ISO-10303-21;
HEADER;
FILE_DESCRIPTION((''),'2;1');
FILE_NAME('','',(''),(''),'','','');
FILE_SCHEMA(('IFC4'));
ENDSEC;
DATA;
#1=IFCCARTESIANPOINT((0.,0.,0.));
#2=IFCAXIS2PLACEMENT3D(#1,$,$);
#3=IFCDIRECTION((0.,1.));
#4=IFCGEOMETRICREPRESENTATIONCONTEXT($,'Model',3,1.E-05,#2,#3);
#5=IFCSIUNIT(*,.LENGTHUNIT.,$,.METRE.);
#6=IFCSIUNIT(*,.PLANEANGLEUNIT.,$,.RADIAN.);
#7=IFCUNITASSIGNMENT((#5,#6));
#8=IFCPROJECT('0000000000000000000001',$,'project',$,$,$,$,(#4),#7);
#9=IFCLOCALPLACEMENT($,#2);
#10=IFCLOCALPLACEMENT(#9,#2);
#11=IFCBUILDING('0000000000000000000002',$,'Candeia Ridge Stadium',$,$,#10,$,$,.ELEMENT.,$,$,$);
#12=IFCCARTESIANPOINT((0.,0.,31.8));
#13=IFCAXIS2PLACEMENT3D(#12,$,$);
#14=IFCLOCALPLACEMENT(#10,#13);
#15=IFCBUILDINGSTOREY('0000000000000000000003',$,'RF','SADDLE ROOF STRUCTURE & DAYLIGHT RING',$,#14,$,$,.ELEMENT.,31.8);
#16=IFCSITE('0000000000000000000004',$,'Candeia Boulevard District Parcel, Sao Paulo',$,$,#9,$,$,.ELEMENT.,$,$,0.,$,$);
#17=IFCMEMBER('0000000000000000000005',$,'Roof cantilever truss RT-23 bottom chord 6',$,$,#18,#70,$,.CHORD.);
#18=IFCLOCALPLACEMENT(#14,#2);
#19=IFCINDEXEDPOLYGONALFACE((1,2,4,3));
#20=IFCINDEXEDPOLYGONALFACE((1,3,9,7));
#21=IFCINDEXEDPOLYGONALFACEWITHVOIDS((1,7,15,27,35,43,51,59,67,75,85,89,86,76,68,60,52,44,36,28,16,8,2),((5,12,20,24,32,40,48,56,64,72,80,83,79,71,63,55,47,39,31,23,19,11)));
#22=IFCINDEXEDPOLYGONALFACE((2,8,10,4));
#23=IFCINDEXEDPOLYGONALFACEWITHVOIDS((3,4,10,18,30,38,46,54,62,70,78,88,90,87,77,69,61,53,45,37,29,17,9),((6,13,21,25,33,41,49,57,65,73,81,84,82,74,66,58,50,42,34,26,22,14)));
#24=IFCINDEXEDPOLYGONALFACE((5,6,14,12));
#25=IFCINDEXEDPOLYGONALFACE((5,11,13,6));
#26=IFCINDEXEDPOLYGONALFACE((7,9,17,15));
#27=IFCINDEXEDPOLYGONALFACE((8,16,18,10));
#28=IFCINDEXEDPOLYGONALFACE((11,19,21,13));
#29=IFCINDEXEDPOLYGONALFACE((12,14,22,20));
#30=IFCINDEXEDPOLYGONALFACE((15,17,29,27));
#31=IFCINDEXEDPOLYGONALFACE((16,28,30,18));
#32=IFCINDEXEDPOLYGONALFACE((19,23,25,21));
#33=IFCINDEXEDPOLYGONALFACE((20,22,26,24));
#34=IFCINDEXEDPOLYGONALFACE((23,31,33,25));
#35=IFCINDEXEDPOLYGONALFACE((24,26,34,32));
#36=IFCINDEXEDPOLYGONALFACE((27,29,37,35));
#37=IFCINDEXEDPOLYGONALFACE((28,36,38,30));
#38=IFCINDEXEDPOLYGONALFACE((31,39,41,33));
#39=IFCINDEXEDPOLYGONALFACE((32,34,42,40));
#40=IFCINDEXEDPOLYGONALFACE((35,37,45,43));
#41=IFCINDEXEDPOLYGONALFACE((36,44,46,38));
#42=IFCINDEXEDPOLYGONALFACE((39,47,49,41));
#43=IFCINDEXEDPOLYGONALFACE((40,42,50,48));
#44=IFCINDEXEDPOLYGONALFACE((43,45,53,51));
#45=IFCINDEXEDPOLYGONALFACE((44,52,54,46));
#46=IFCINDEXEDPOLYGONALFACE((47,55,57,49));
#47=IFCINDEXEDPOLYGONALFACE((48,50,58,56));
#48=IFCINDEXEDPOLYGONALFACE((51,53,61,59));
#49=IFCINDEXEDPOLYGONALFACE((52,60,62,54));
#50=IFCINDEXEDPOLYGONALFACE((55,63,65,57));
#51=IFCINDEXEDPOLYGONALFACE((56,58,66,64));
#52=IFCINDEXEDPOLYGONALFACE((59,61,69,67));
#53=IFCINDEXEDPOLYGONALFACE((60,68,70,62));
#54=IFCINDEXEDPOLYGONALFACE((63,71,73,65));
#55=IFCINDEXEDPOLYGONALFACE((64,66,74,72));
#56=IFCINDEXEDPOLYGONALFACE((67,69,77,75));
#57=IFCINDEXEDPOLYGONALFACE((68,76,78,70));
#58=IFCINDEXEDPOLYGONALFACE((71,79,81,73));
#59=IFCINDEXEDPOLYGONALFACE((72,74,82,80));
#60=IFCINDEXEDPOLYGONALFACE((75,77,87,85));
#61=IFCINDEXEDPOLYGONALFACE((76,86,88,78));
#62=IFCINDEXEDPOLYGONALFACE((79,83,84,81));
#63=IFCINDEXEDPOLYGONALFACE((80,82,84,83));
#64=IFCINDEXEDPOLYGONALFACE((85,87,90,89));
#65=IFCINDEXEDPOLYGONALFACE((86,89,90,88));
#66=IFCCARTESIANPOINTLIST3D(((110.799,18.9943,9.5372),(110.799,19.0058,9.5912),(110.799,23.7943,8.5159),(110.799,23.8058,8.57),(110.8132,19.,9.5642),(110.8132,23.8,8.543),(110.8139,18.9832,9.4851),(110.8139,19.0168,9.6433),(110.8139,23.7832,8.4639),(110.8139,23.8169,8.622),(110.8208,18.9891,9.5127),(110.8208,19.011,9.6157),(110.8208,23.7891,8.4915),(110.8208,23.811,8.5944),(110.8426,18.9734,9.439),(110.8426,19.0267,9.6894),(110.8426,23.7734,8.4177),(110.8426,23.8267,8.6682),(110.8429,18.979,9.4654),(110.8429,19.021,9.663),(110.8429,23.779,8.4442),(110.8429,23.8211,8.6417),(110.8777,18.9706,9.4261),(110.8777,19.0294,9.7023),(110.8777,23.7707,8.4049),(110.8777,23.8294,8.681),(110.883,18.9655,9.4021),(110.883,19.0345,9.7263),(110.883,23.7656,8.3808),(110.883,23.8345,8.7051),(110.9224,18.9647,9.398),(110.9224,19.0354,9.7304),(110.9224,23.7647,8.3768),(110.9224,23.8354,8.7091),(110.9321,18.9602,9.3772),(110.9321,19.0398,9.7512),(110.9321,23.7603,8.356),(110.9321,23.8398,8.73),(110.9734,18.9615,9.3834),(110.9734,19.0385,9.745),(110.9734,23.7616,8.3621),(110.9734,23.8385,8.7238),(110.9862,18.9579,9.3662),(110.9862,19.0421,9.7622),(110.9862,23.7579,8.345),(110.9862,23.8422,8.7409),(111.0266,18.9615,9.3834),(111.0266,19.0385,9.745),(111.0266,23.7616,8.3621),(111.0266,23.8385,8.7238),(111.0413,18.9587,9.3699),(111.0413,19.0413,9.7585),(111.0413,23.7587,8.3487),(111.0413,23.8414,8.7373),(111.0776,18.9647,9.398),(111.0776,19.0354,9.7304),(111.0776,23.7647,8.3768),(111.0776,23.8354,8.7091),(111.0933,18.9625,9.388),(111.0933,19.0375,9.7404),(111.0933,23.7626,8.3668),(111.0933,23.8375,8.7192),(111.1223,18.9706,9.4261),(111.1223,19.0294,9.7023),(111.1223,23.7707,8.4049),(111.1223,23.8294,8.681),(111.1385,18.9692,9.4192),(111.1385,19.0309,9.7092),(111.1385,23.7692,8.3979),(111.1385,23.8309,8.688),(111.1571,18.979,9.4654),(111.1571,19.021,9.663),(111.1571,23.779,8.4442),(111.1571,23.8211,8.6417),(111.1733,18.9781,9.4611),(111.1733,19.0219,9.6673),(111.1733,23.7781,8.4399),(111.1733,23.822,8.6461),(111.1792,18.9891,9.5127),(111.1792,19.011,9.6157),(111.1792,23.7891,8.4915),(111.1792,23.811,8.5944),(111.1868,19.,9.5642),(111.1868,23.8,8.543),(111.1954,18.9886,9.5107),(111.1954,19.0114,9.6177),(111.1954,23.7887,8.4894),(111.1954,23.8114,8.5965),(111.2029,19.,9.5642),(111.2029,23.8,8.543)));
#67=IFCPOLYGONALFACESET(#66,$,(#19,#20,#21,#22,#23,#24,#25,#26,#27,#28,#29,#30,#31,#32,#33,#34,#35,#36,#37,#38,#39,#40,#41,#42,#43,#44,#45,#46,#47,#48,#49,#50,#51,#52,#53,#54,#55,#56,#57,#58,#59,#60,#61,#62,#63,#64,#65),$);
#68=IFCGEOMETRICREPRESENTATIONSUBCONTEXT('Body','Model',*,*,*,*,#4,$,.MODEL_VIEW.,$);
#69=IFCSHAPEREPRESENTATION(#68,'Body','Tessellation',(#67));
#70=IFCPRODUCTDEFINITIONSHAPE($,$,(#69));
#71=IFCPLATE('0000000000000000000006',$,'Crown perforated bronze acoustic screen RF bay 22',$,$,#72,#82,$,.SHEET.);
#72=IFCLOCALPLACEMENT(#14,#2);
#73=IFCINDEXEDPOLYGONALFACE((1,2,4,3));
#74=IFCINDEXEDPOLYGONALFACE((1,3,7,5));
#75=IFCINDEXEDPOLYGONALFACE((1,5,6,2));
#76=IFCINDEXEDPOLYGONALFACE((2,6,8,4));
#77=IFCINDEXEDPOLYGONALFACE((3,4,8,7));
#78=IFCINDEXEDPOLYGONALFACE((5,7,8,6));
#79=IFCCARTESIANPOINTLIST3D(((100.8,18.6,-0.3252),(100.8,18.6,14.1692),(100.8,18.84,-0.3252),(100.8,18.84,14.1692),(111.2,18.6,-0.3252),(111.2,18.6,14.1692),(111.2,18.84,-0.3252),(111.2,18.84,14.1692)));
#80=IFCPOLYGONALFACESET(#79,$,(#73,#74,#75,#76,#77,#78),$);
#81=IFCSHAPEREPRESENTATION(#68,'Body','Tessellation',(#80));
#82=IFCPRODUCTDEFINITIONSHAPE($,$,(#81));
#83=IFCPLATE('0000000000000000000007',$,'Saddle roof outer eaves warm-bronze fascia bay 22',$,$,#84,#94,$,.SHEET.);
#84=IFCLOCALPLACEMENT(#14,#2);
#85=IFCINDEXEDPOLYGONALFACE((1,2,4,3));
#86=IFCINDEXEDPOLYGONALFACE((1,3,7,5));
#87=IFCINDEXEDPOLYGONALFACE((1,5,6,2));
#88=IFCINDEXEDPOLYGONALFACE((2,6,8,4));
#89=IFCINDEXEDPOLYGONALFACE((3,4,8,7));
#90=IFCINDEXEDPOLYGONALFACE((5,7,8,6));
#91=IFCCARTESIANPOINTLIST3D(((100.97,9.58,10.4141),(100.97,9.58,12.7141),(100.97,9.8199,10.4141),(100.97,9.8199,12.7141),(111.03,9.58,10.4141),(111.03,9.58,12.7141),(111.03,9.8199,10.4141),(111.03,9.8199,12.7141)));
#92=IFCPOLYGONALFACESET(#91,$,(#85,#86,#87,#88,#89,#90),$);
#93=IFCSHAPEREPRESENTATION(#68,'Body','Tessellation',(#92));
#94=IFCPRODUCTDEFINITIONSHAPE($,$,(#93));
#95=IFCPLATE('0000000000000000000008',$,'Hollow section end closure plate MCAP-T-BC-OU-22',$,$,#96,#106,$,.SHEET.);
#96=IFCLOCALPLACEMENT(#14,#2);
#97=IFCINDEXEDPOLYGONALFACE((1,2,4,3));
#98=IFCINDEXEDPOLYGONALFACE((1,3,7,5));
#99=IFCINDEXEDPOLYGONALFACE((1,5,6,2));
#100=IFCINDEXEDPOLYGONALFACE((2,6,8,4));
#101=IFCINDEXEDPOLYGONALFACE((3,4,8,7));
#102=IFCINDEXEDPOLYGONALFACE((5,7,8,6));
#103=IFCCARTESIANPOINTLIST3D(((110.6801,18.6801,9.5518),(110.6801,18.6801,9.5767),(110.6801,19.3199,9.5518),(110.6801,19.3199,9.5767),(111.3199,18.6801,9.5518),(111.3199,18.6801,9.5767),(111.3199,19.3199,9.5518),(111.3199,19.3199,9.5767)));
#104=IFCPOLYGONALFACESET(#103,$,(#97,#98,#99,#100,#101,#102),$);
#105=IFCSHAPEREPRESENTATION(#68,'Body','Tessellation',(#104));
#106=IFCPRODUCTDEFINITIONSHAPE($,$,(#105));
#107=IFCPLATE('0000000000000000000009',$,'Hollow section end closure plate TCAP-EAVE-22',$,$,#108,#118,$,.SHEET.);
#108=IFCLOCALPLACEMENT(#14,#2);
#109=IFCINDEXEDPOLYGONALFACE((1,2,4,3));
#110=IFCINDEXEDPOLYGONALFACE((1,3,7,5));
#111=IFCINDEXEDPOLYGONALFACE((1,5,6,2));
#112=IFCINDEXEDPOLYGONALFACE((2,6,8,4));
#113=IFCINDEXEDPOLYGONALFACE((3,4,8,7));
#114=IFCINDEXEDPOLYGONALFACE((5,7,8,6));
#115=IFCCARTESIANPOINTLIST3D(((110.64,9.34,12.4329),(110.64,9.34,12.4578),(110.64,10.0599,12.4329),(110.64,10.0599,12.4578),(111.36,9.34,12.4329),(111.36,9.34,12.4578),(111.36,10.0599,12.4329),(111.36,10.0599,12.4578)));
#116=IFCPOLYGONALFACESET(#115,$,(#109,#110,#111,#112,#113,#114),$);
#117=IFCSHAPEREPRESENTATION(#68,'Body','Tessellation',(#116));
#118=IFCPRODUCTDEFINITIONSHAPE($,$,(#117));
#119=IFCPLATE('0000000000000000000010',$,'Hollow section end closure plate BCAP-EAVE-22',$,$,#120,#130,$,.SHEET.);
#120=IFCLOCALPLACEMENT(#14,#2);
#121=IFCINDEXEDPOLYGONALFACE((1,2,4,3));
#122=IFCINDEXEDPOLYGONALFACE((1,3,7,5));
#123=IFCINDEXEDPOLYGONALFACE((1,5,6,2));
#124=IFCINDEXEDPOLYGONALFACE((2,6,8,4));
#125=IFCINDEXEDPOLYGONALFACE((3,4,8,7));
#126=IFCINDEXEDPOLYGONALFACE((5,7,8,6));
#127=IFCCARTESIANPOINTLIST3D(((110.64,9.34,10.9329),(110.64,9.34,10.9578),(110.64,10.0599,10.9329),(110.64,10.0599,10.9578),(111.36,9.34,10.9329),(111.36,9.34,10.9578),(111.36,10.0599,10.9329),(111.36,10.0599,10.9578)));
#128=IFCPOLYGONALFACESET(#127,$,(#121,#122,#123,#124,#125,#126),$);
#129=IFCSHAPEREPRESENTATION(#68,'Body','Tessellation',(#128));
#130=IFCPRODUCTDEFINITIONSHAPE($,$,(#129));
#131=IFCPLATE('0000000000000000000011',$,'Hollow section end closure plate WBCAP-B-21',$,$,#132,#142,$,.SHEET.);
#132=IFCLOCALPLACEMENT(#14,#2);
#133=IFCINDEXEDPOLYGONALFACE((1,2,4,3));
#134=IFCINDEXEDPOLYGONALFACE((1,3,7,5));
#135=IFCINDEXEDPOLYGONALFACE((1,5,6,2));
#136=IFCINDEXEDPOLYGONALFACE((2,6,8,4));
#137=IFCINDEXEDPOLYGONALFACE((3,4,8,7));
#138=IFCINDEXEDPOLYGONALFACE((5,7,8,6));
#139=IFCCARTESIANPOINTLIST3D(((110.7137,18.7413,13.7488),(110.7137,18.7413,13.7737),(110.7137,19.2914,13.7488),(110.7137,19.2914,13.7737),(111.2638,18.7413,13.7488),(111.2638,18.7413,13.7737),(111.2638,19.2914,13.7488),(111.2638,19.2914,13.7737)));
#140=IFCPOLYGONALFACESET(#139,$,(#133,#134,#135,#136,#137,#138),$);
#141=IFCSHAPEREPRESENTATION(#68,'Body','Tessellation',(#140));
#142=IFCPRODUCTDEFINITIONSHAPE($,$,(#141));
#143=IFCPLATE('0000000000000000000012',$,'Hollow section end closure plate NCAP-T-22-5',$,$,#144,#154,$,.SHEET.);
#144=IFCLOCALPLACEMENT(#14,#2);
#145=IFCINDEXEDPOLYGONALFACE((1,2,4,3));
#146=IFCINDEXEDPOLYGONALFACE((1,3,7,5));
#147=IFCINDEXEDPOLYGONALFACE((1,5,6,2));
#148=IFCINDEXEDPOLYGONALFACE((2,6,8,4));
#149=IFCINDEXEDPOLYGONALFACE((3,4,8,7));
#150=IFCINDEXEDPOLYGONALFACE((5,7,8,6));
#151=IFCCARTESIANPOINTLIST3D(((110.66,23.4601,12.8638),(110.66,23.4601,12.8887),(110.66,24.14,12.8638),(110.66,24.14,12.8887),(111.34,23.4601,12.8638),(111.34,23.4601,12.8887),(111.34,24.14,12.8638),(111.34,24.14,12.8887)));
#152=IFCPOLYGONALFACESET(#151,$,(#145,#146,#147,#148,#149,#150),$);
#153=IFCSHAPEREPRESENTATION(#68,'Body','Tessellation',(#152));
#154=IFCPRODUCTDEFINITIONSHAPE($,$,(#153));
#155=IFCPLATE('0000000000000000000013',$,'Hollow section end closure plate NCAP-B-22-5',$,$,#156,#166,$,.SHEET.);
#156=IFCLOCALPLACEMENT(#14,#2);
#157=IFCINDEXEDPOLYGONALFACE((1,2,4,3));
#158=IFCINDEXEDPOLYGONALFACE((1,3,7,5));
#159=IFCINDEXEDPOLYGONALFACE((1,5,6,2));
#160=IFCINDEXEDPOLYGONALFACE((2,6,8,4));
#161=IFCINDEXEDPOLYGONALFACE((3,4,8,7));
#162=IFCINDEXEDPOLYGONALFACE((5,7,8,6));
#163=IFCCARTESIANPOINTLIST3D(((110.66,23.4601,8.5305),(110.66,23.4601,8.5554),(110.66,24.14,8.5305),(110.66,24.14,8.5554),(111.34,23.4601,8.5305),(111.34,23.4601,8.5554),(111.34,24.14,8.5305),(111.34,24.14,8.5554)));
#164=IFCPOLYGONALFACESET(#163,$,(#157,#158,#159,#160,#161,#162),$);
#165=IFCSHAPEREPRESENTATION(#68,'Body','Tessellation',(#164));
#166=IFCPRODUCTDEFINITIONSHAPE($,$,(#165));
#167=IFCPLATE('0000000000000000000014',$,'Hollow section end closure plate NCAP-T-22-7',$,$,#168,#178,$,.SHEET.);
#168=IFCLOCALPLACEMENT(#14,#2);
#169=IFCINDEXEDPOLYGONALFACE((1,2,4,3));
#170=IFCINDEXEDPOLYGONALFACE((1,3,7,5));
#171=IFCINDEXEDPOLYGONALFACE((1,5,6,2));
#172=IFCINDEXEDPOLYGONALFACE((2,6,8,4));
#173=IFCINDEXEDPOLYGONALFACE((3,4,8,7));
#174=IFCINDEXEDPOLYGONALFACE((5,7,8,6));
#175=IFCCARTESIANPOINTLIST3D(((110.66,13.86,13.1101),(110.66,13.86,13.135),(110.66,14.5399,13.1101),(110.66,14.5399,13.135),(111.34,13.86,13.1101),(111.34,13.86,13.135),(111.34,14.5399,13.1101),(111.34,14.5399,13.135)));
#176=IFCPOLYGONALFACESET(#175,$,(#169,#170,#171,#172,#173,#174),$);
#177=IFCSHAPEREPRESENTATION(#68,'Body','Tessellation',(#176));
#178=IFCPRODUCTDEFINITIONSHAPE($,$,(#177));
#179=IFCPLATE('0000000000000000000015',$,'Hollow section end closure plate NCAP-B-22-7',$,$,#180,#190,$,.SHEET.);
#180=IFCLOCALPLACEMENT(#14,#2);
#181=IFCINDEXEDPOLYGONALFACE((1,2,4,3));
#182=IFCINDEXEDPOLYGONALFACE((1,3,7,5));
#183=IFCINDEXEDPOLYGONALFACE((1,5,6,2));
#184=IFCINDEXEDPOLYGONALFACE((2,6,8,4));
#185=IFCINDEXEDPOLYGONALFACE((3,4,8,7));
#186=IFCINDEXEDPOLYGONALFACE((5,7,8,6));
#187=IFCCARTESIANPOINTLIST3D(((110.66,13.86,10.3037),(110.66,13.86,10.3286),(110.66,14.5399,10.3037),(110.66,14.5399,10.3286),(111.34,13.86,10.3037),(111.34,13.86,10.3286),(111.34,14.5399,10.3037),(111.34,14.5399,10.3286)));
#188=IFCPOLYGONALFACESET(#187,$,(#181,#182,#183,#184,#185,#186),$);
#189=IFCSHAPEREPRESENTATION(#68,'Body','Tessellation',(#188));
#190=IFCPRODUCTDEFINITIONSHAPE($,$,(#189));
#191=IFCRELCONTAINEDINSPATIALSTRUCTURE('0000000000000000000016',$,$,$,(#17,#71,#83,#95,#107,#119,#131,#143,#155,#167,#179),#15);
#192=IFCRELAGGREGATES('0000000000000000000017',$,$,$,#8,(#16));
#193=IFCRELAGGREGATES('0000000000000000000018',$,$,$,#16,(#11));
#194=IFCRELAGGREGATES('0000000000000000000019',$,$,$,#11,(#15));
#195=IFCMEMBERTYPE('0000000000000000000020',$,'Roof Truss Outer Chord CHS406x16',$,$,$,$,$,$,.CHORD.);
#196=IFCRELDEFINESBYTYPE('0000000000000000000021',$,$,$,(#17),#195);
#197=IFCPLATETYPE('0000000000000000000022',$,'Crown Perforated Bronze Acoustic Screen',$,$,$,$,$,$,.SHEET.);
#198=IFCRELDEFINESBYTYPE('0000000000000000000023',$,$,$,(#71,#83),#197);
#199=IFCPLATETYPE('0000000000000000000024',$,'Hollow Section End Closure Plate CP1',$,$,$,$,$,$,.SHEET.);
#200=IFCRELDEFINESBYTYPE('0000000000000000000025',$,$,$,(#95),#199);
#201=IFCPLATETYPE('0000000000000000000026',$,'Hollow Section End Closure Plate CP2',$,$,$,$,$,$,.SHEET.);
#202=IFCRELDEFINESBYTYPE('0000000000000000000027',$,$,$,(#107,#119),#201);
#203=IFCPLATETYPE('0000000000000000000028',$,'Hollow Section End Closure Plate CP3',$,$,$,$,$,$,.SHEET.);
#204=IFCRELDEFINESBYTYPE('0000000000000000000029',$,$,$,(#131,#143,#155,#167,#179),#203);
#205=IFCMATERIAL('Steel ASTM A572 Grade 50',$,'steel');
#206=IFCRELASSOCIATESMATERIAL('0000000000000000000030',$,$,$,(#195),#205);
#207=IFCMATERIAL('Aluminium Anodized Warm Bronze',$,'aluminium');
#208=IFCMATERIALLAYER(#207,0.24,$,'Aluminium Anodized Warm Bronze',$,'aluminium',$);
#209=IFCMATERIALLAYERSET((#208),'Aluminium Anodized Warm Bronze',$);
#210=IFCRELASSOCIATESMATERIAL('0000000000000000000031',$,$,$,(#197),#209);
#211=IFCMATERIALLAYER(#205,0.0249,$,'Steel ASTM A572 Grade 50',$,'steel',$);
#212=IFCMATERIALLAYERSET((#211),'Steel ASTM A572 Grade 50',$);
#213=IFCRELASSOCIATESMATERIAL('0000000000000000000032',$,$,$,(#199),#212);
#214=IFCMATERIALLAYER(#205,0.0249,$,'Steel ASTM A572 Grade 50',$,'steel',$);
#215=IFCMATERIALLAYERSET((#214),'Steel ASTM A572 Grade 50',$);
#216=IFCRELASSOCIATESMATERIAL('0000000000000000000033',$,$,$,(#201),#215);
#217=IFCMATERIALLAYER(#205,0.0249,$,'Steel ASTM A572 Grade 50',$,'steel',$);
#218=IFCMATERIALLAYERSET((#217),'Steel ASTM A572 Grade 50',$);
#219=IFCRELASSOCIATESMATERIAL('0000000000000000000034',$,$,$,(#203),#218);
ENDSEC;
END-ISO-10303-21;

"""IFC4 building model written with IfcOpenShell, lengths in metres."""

from ifc_helpers import new_model, si_unit, direction, frame, origin, origin_2d, place, context, subcontext, project, spatial, rectangle, hollow_circle, extrude, material, layer, layer_set, material_profile, profile_set, type_object, element, save


model = new_model("IFC4")

# Units and contexts
model_context = context("Model", 3, precision=1e-05, world=origin(), true_north=direction((0.0, 1.0)))
body_context = subcontext(model_context, "Body", "Model", "MODEL_VIEW")
ifc_project = project(units=[si_unit("LENGTHUNIT", "METRE"), si_unit("PLANEANGLEUNIT", "RADIAN")], contexts=[model_context])

# Site, building, storey
site_placement = place(None, origin())
site = spatial("IfcSite", under=ifc_project, at=site_placement, Name="Candeia Boulevard District Parcel, Sao Paulo", CompositionType="ELEMENT", RefElevation=0.0)
building_placement = place(site_placement, origin())
building = spatial("IfcBuilding", under=site, at=building_placement, Name="Candeia Ridge Stadium", CompositionType="ELEMENT")
storey_placement = place(building_placement, frame((0.0, 0.0, 31.8)))
storey = spatial("IfcBuildingStorey", under=building, at=storey_placement, Name="RF", Description="SADDLE ROOF STRUCTURE & DAYLIGHT RING", CompositionType="ELEMENT", Elevation=31.8)

# Shared definitions
ifc_material_1 = material(Name="Steel ASTM A572 Grade 50", Category="steel")

# Member
ifc_material_profile_1 = material_profile(ifc_material_1, hollow_circle(Radius=0.2029, WallThickness=0.0161, at=origin_2d()), Name="CHS406x16", Category="steel")
ifc_profile_set_1 = profile_set([ifc_material_profile_1], Name="Steel ASTM A572 Grade 50")
member_type_1 = type_object("IfcMemberType", Name="Roof Truss Outer Chord CHS406x16", PredefinedType="CHORD", material=ifc_profile_set_1)
for number, where, z_axis, x_axis, name in (
    (1, (111.0, 23.8, 8.543), (0.0, -0.978108, 0.208099), (1.0, 0.0, 0.0), "Roof cantilever truss RT-23 bottom chord 6"),
):
    element("IfcMember", number, at=place(storey_placement, frame(where, z_axis=z_axis, x_axis=x_axis)), inside=storey, type_object=member_type_1, Name=name, PredefinedType="CHORD", context=body_context, shape_type="SweptSolid", body=[
        extrude(hollow_circle(Radius=0.2029, WallThickness=0.0161, at=origin_2d()), origin(), (0.0, 0.0, 1.0), 4.9075),
    ])

# Plates
ifc_material_2 = material(Name="Aluminium Anodized Warm Bronze", Category="aluminium")
ifc_layer_1 = layer(ifc_material_2, 0.24, Name="Aluminium Anodized Warm Bronze", Category="aluminium")
ifc_layer_set_1 = layer_set([ifc_layer_1], Name="Aluminium Anodized Warm Bronze")
plate_type_1 = type_object("IfcPlateType", Name="Crown Perforated Bronze Acoustic Screen", PredefinedType="SHEET", material=ifc_layer_set_1)
plate_1_placement = place(storey_placement, frame((106.0, 18.72, -0.3252), z_axis=(0.0, 0.0, 1.0), x_axis=(1.0, 0.0, 0.0)))
element("IfcPlate", 2, at=plate_1_placement, inside=storey, type_object=plate_type_1, Name="Crown perforated bronze acoustic screen RF bay 22", PredefinedType="SHEET", context=body_context, shape_type="SweptSolid", body=[
    extrude(rectangle(XDim=10.3999, YDim=0.24, at=origin_2d()), origin(), (0.0, 0.0, 1.0), 14.4944),
])
plate_2_placement = place(storey_placement, frame((106.0, 9.7, 10.4141), z_axis=(0.0, 0.0, 1.0), x_axis=(1.0, 0.0, 0.0)))
element("IfcPlate", 3, at=plate_2_placement, inside=storey, type_object=plate_type_1, Name="Saddle roof outer eaves warm-bronze fascia bay 22", PredefinedType="SHEET", context=body_context, shape_type="SweptSolid", body=[
    extrude(rectangle(XDim=10.0601, YDim=0.24, at=origin_2d()), origin(), (0.0, 0.0, 1.0), 2.3),
])
ifc_layer_2 = layer(ifc_material_1, 0.0249, Name="Steel ASTM A572 Grade 50", Category="steel")
ifc_layer_set_2 = layer_set([ifc_layer_2], Name="Steel ASTM A572 Grade 50")
plate_type_2 = type_object("IfcPlateType", Name="Hollow Section End Closure Plate CP1", PredefinedType="SHEET", material=ifc_layer_set_2)
plate_3_placement = place(storey_placement, frame((111.0, 19.0, 9.5518), z_axis=(0.0, 0.0, 1.0), x_axis=(1.0, 0.0, 0.0)))
element("IfcPlate", 4, at=plate_3_placement, inside=storey, type_object=plate_type_2, Name="Hollow section end closure plate MCAP-T-BC-OU-22", PredefinedType="SHEET", context=body_context, shape_type="SweptSolid", body=[
    extrude(rectangle(XDim=0.6399, YDim=0.6399, at=origin_2d()), origin(), (0.0, 0.0, 1.0), 0.0249),
])
ifc_layer_3 = layer(ifc_material_1, 0.0249, Name="Steel ASTM A572 Grade 50", Category="steel")
ifc_layer_set_3 = layer_set([ifc_layer_3], Name="Steel ASTM A572 Grade 50")
plate_type_3 = type_object("IfcPlateType", Name="Hollow Section End Closure Plate CP2", PredefinedType="SHEET", material=ifc_layer_set_3)
for number, where, z_axis, x_axis, name in (
    (5, (111.0, 9.7, 12.4329), (0.0, 0.0, 1.0), (1.0, 0.0, 0.0), "Hollow section end closure plate TCAP-EAVE-22"),
    (6, (111.0, 9.7, 10.9329), (0.0, 0.0, 1.0), (1.0, 0.0, 0.0), "Hollow section end closure plate BCAP-EAVE-22"),
):
    element("IfcPlate", number, at=place(storey_placement, frame(where, z_axis=z_axis, x_axis=x_axis)), inside=storey, type_object=plate_type_3, Name=name, PredefinedType="SHEET", context=body_context, shape_type="SweptSolid", body=[
        extrude(rectangle(XDim=0.72, YDim=0.72, at=origin_2d()), origin(), (0.0, 0.0, 1.0), 0.0249),
    ])
ifc_layer_4 = layer(ifc_material_1, 0.0249, Name="Steel ASTM A572 Grade 50", Category="steel")
ifc_layer_set_4 = layer_set([ifc_layer_4], Name="Steel ASTM A572 Grade 50")
plate_type_4 = type_object("IfcPlateType", Name="Hollow Section End Closure Plate CP3", PredefinedType="SHEET", material=ifc_layer_set_4)
plate_4_placement = place(storey_placement, frame((110.9888, 19.0164, 13.7488), z_axis=(0.0, 0.0, 1.0), x_axis=(1.0, 0.0, 0.0)))
element("IfcPlate", 7, at=plate_4_placement, inside=storey, type_object=plate_type_4, Name="Hollow section end closure plate WBCAP-B-21", PredefinedType="SHEET", context=body_context, shape_type="SweptSolid", body=[
    extrude(rectangle(XDim=0.55, YDim=0.55, at=origin_2d()), origin(), (0.0, 0.0, 1.0), 0.0249),
])
for number, where, z_axis, x_axis, name in (
    (8, (111.0, 23.8, 12.8638), (0.0, 0.0, 1.0), (1.0, 0.0, 0.0), "Hollow section end closure plate NCAP-T-22-5"),
    (9, (111.0, 23.8, 8.5305), (0.0, 0.0, 1.0), (1.0, 0.0, 0.0), "Hollow section end closure plate NCAP-B-22-5"),
    (10, (111.0, 14.2, 13.1101), (0.0, 0.0, 1.0), (1.0, 0.0, 0.0), "Hollow section end closure plate NCAP-T-22-7"),
    (11, (111.0, 14.2, 10.3037), (0.0, 0.0, 1.0), (1.0, 0.0, 0.0), "Hollow section end closure plate NCAP-B-22-7"),
):
    element("IfcPlate", number, at=place(storey_placement, frame(where, z_axis=z_axis, x_axis=x_axis)), inside=storey, type_object=plate_type_4, Name=name, PredefinedType="SHEET", context=body_context, shape_type="SweptSolid", body=[
        extrude(rectangle(XDim=0.6799, YDim=0.6799, at=origin_2d()), origin(), (0.0, 0.0, 1.0), 0.0249),
    ])

save(model, "model.ifc")
